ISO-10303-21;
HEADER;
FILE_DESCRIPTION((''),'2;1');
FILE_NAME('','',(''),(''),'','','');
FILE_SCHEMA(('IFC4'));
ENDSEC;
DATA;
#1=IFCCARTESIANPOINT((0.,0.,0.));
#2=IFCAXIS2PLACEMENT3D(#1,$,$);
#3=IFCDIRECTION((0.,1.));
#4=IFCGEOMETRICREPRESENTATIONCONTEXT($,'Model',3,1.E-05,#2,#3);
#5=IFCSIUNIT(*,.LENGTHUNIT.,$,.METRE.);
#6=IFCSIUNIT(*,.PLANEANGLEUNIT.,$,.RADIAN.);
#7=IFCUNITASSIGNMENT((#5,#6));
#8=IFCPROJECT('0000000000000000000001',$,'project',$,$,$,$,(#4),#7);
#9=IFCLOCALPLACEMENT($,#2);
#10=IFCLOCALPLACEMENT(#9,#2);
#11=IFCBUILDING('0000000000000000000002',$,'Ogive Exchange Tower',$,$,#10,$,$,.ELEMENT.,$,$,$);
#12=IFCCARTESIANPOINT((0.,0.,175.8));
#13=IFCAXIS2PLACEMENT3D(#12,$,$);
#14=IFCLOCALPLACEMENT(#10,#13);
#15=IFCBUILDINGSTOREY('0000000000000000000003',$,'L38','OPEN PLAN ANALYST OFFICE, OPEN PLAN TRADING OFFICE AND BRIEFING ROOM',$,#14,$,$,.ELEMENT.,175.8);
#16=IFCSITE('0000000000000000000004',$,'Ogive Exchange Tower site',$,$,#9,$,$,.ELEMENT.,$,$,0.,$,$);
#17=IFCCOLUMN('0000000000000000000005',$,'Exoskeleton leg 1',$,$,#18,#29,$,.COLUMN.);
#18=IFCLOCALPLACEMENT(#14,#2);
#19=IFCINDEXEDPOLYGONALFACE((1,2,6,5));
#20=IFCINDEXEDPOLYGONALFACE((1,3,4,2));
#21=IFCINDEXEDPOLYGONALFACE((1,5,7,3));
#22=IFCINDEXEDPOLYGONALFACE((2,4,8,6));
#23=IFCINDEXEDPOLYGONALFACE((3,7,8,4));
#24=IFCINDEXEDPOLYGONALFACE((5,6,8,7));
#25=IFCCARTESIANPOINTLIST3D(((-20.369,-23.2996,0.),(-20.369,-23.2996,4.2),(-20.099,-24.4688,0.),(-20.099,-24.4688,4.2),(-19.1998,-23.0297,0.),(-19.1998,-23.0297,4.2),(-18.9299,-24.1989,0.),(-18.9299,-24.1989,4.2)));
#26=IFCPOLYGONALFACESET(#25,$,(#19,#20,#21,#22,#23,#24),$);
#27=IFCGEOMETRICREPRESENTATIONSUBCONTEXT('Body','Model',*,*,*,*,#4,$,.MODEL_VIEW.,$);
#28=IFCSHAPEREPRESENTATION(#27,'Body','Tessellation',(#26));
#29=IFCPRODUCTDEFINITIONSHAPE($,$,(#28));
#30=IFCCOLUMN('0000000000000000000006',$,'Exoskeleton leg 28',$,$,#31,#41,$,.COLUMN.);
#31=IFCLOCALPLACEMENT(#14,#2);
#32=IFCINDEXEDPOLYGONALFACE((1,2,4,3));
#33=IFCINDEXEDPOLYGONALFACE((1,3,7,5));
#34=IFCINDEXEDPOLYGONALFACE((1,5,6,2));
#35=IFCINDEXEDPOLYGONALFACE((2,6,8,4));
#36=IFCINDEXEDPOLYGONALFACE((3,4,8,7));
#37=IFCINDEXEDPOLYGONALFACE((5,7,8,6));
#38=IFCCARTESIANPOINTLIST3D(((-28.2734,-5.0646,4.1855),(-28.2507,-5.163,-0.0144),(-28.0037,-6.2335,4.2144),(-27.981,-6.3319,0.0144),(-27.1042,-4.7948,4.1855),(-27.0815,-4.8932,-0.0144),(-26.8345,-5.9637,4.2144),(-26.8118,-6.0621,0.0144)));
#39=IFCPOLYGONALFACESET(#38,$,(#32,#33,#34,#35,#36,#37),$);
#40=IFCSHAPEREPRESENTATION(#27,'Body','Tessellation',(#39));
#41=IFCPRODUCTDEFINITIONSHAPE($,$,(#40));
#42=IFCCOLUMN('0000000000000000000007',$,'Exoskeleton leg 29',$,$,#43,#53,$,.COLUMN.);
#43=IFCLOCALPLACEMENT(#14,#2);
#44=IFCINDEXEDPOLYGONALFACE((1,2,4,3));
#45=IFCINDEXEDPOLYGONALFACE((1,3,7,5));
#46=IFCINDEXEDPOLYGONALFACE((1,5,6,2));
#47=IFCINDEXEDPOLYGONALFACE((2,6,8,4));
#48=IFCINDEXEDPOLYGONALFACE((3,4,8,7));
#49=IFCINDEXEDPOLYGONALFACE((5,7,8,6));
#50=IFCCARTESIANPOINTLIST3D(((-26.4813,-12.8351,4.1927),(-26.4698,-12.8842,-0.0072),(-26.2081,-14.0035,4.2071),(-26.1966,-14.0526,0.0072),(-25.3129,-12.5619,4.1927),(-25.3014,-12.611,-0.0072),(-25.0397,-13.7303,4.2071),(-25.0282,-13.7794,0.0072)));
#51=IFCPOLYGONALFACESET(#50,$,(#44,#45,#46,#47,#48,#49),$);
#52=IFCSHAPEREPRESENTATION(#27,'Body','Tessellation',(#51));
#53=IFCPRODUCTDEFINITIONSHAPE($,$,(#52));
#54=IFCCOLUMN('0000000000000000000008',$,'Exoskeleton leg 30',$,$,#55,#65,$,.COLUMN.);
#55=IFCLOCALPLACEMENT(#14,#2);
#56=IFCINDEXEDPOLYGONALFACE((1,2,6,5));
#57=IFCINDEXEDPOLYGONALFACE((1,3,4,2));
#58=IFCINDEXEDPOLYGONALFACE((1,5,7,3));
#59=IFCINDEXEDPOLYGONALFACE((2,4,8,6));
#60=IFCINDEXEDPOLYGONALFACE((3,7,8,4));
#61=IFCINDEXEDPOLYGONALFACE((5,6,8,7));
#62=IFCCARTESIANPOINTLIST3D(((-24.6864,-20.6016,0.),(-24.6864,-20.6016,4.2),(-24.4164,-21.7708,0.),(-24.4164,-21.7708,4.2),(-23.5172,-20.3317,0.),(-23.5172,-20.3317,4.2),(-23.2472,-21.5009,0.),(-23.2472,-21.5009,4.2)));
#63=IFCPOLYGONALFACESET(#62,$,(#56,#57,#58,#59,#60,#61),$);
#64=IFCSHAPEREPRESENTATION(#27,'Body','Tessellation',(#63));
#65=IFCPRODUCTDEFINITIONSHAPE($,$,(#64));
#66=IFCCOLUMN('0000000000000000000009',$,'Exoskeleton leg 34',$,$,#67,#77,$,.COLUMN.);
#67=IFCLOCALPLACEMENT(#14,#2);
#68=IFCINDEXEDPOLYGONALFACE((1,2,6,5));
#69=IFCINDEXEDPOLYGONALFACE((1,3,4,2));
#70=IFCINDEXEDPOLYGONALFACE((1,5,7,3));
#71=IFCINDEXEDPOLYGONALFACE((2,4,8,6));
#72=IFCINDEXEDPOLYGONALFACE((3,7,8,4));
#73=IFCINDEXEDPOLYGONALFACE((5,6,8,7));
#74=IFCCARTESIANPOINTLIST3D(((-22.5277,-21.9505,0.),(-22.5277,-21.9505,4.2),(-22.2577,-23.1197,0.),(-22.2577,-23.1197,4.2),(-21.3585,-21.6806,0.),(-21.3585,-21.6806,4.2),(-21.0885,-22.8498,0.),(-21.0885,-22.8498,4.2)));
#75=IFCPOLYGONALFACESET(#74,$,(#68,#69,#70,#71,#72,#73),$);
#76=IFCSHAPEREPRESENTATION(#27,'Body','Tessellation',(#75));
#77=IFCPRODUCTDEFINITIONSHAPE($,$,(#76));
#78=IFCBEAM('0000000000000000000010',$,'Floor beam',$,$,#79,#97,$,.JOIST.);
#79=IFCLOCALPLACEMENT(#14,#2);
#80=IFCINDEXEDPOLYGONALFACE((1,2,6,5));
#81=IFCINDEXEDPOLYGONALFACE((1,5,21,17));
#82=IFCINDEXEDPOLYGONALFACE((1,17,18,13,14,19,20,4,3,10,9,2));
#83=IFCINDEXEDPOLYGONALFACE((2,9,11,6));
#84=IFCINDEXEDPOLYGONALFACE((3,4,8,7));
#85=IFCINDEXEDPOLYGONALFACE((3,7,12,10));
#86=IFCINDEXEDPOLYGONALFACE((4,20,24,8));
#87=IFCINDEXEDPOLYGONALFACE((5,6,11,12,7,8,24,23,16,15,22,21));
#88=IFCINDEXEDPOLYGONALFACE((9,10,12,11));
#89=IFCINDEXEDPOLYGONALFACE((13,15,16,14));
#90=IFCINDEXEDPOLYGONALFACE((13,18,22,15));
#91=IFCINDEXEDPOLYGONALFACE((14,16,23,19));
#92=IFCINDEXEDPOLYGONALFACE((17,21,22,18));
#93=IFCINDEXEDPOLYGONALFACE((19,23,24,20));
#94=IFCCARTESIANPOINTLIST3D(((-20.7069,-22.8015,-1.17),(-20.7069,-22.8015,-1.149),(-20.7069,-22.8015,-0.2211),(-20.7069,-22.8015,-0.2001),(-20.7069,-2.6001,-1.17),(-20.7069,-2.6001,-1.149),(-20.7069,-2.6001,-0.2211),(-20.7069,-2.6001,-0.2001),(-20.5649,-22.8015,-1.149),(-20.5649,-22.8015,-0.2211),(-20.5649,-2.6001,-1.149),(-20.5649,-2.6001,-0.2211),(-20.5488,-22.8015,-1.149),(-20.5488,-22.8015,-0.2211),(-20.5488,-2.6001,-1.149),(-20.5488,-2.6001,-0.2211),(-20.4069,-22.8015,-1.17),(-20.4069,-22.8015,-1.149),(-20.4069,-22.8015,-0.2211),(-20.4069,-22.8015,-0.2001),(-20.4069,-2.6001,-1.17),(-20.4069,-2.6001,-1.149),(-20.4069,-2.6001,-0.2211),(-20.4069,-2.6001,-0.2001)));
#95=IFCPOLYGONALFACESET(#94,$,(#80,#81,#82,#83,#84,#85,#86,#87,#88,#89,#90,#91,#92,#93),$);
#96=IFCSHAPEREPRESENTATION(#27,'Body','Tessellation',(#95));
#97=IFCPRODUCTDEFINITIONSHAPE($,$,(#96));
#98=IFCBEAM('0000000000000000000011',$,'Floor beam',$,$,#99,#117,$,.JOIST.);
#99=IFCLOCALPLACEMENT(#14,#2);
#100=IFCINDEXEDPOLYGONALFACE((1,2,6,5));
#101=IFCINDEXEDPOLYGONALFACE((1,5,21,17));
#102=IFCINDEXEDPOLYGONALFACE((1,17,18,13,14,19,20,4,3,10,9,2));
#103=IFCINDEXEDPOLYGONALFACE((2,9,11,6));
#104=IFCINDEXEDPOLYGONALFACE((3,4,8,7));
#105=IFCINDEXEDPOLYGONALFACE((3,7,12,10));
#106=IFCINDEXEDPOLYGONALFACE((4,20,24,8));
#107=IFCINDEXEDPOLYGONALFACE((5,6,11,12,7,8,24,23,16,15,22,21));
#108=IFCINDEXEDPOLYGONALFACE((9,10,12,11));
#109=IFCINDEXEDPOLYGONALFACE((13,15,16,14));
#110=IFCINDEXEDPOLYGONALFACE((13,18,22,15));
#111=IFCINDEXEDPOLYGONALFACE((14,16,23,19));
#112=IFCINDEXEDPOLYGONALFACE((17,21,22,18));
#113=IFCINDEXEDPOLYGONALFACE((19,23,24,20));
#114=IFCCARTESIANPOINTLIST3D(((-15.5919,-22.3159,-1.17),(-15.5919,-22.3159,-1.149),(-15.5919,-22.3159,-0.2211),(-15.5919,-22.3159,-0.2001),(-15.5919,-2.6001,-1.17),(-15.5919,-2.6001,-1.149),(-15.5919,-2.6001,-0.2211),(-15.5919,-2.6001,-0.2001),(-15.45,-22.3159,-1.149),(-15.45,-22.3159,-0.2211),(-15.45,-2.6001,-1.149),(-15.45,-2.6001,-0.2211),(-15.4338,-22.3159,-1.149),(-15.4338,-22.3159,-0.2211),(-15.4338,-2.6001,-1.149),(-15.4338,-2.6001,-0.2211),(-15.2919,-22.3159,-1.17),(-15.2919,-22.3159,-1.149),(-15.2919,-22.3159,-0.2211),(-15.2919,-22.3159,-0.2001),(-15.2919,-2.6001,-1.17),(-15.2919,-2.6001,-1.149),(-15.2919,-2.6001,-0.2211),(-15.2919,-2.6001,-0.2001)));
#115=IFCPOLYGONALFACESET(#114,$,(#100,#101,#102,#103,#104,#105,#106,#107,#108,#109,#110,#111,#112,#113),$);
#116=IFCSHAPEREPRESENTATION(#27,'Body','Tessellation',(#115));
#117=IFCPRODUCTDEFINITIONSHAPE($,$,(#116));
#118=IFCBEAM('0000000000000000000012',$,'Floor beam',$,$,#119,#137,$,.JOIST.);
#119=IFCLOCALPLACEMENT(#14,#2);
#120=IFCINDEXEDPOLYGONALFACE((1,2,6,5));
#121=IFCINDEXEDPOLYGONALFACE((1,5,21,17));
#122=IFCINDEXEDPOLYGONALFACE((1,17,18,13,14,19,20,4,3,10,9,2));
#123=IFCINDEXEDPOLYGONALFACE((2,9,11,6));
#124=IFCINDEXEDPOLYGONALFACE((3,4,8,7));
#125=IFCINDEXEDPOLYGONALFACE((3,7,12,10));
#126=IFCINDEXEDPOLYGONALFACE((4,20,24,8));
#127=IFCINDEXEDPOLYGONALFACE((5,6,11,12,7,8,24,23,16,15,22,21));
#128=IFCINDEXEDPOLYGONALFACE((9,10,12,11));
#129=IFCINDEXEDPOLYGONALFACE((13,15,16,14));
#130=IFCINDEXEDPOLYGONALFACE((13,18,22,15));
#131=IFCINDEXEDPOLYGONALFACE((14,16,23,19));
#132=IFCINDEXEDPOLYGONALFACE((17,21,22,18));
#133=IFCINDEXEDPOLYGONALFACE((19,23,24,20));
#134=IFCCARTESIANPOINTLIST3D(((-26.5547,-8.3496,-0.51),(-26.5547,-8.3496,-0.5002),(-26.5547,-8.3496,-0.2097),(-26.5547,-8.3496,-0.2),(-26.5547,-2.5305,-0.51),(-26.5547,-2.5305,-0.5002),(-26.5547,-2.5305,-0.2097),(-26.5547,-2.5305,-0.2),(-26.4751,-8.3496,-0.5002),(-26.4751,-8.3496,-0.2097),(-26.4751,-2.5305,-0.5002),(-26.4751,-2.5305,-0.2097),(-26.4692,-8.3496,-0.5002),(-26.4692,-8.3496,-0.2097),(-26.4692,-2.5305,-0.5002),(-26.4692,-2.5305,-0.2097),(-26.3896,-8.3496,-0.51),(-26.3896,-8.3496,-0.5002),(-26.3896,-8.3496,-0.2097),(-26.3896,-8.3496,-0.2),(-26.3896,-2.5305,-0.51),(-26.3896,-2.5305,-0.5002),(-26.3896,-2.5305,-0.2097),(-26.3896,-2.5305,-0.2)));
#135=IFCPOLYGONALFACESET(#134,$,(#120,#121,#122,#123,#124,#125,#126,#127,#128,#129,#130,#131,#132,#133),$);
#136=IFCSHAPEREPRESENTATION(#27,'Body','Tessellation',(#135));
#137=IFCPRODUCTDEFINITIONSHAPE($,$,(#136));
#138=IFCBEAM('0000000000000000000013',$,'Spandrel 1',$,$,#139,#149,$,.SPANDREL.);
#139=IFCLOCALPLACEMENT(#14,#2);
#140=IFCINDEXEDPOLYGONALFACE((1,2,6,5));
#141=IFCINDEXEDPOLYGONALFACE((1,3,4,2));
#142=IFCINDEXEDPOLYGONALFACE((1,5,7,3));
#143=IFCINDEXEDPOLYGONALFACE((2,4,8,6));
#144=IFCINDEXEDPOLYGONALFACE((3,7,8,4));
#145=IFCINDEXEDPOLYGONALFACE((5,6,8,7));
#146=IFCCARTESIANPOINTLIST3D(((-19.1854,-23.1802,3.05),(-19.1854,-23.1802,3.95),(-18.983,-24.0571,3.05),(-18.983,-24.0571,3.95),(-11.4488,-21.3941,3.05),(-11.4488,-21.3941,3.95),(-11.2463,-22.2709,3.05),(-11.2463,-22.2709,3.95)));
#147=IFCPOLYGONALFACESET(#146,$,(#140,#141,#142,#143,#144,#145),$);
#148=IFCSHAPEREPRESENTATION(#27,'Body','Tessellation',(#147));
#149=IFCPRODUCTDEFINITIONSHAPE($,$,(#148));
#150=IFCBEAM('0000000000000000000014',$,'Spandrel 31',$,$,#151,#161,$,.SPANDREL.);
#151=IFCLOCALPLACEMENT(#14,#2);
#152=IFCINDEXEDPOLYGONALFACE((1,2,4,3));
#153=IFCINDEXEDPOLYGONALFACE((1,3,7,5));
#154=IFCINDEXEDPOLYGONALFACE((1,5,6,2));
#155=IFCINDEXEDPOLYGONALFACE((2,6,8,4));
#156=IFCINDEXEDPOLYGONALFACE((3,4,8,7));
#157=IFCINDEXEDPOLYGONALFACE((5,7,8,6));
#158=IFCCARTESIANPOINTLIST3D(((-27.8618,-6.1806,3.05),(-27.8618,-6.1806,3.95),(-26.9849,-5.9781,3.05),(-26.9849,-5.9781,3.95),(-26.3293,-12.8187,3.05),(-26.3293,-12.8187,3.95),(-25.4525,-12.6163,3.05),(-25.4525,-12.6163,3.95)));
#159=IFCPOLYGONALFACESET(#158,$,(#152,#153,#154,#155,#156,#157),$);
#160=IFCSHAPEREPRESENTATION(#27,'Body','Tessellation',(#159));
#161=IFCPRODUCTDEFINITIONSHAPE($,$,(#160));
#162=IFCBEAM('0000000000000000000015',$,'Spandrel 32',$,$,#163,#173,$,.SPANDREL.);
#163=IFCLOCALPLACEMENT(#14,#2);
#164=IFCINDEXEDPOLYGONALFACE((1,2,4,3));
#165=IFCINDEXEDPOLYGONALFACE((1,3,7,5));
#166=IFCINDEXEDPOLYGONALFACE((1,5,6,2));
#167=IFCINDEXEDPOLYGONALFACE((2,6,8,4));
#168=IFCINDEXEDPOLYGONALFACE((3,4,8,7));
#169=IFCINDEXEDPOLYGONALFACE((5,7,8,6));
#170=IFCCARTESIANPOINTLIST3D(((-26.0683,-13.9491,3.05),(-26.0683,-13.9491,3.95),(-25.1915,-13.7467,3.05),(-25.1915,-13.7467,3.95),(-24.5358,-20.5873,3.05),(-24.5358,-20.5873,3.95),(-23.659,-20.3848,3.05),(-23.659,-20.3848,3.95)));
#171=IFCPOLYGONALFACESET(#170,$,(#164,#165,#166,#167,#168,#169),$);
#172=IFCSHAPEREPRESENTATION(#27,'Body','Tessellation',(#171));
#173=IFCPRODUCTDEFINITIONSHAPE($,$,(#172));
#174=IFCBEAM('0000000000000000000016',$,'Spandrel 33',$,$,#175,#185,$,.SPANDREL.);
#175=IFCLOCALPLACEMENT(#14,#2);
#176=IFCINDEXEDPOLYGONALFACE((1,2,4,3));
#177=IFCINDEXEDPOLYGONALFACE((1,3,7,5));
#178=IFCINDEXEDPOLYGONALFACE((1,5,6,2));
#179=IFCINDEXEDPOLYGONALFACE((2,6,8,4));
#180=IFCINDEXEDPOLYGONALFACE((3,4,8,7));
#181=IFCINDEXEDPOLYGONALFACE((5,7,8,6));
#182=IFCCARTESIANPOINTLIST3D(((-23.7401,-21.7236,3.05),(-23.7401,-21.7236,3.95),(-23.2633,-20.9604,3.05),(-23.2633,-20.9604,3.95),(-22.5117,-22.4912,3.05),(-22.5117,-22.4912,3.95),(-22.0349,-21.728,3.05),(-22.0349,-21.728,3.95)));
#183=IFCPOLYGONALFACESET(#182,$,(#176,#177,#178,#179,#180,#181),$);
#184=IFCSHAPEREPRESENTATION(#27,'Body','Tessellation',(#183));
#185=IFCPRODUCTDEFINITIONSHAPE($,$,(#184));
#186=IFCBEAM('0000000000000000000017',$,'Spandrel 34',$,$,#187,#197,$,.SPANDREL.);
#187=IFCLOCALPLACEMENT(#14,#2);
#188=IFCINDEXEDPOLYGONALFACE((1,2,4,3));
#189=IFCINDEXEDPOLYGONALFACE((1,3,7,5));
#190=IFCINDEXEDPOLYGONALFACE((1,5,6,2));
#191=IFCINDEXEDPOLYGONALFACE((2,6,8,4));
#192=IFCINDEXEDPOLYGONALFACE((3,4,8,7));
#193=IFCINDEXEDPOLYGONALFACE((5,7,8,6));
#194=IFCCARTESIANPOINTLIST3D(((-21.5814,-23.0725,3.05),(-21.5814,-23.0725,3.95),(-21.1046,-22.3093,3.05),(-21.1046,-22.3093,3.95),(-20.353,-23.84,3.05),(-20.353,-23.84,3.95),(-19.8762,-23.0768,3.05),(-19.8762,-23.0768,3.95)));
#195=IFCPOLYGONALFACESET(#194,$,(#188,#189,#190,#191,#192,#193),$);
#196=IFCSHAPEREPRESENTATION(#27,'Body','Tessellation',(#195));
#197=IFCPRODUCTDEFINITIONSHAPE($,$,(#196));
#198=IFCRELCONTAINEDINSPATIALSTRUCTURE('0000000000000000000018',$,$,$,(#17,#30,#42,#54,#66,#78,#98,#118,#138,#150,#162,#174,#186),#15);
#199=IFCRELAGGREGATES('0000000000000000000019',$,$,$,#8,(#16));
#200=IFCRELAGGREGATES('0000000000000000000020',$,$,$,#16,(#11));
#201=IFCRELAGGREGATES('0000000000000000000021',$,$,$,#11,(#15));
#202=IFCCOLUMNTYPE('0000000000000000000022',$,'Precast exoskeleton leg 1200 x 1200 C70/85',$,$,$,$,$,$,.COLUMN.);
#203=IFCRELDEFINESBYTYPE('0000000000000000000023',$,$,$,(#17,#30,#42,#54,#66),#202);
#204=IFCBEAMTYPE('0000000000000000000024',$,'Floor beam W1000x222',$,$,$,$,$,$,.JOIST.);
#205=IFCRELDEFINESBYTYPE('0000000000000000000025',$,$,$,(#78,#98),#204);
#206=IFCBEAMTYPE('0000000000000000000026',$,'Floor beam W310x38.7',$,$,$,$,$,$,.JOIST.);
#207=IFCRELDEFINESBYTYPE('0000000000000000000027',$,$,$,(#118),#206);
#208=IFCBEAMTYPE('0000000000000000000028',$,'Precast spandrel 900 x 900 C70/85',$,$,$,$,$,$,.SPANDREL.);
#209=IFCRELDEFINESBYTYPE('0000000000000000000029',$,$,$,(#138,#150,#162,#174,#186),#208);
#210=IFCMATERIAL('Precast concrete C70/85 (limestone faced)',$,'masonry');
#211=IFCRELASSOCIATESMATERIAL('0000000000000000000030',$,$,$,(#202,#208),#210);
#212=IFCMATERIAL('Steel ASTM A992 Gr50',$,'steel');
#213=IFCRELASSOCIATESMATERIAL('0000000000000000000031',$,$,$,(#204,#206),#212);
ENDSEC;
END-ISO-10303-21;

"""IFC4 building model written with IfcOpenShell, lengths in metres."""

from ifc_helpers import new_model, si_unit, direction, frame, origin, origin_2d, place, context, subcontext, project, spatial, rectangle, i_section, extrude, material, material_profile, profile_set, type_object, element, save


model = new_model("IFC4")

# Units and contexts
model_context = context("Model", 3, precision=1e-05, world=origin(), true_north=direction((0.0, 1.0)))
body_context = subcontext(model_context, "Body", "Model", "MODEL_VIEW")
ifc_project = project(units=[si_unit("LENGTHUNIT", "METRE"), si_unit("PLANEANGLEUNIT", "RADIAN")], contexts=[model_context])

# Site, building, storey
site_placement = place(None, origin())
site = spatial("IfcSite", under=ifc_project, at=site_placement, Name="Ogive Exchange Tower site", CompositionType="ELEMENT", RefElevation=0.0)
building_placement = place(site_placement, origin())
building = spatial("IfcBuilding", under=site, at=building_placement, Name="Ogive Exchange Tower", CompositionType="ELEMENT")
storey_placement = place(building_placement, frame((0.0, 0.0, 175.8)))
storey = spatial("IfcBuildingStorey", under=building, at=storey_placement, Name="L38", Description="OPEN PLAN ANALYST OFFICE, OPEN PLAN TRADING OFFICE AND BRIEFING ROOM", CompositionType="ELEMENT", Elevation=175.8)

# Columns
ifc_material_1 = material(Name="Precast concrete C70/85 (limestone faced)", Category="masonry")
ifc_material_profile_1 = material_profile(ifc_material_1, rectangle(XDim=1.2, YDim=1.2, at=origin_2d()), Name="1200 x 1200")
ifc_profile_set_1 = profile_set([ifc_material_profile_1], Name="Precast concrete C70/85 (limestone faced)")
column_type = type_object("IfcColumnType", Name="Precast exoskeleton leg 1200 x 1200 C70/85", PredefinedType="COLUMN", material=ifc_profile_set_1)
column_1_placement = place(storey_placement, frame((-19.6494, -23.7493, 0.0), z_axis=(0.0, 0.0, 1.0), x_axis=(0.97437, 0.224951, 0.0)))
element("IfcColumn", 1, at=column_1_placement, inside=storey, type_object=column_type, Name="Exoskeleton leg 1", PredefinedType="COLUMN", context=body_context, shape_type="SweptSolid", body=[
    extrude(rectangle(XDim=1.2, YDim=1.2, at=origin_2d()), origin(), (0.0, 0.0, 1.0), 4.2),
])
column_2_placement = place(storey_placement, frame((-27.5312, -5.6125, 0.0), z_axis=(-0.005404, 0.023419, 0.999711), x_axis=(-0.974391, -0.22486, 0.0)))
element("IfcColumn", 2, at=column_2_placement, inside=storey, type_object=column_type, Name="Exoskeleton leg 28", PredefinedType="COLUMN", context=body_context, shape_type="SweptSolid", body=[
    extrude(rectangle(XDim=1.2, YDim=1.2, at=origin_2d()), origin(), (0.0, 0.0, 1.0), 4.2012),
])
column_3_placement = place(storey_placement, frame((-25.749, -13.3318, 0.0), z_axis=(-0.002732, 0.011683, 0.999928), x_axis=(-0.973734, -0.227689, 0.0)))
element("IfcColumn", 3, at=column_3_placement, inside=storey, type_object=column_type, Name="Exoskeleton leg 29", PredefinedType="COLUMN", context=body_context, shape_type="SweptSolid", body=[
    extrude(rectangle(XDim=1.2, YDim=1.2, at=origin_2d()), origin(), (0.0, 0.0, 1.0), 4.2002),
])
for number, where, z_axis, x_axis, name in (
    (4, (-23.9668, -21.0513, 0.0), (0.0, 0.0, 1.0), (0.97437, 0.224951, 0.0), "Exoskeleton leg 30"),
    (5, (-21.8081, -22.4001, 0.0), (0.0, 0.0, 1.0), (0.97437, 0.224951, 0.0), "Exoskeleton leg 34"),
):
    element("IfcColumn", number, at=place(storey_placement, frame(where, z_axis=z_axis, x_axis=x_axis)), inside=storey, type_object=column_type, Name=name, PredefinedType="COLUMN", context=body_context, shape_type="SweptSolid", body=[
        extrude(rectangle(XDim=1.2, YDim=1.2, at=origin_2d()), origin(), (0.0, 0.0, 1.0), 4.2),
    ])

# Beams
ifc_material_2 = material(Name="Steel ASTM A992 Gr50", Category="steel")
ifc_material_profile_2 = material_profile(ifc_material_2, i_section(OverallWidth=0.3, OverallDepth=0.97, WebThickness=0.0161, FlangeThickness=0.021, at=origin_2d()), Name="W1000x222")
ifc_profile_set_2 = profile_set([ifc_material_profile_2], Name="Steel ASTM A992 Gr50")
beam_type_1 = type_object("IfcBeamType", Name="Floor beam W1000x222", PredefinedType="JOIST", material=ifc_profile_set_2)
beam_1_placement = place(storey_placement, frame((-20.5569, -22.8015, -0.6851), z_axis=(0.0, 1.0, 0.0), x_axis=(-1.0, 0.0, 0.0)))
element("IfcBeam", 6, at=beam_1_placement, inside=storey, type_object=beam_type_1, Name="Floor beam", PredefinedType="JOIST", context=body_context, shape_type="SweptSolid", body=[
    extrude(i_section(OverallWidth=0.3, OverallDepth=0.97, WebThickness=0.0161, FlangeThickness=0.021, at=origin_2d()), origin(), (0.0, 0.0, 1.0), 20.2014),
])
beam_2_placement = place(storey_placement, frame((-15.4419, -22.3159, -0.6851), z_axis=(0.0, 1.0, 0.0), x_axis=(-1.0, 0.0, 0.0)))
element("IfcBeam", 7, at=beam_2_placement, inside=storey, type_object=beam_type_1, Name="Floor beam", PredefinedType="JOIST", context=body_context, shape_type="SweptSolid", body=[
    extrude(i_section(OverallWidth=0.3, OverallDepth=0.97, WebThickness=0.0161, FlangeThickness=0.021, at=origin_2d()), origin(), (0.0, 0.0, 1.0), 19.7158),
])
ifc_material_profile_3 = material_profile(ifc_material_2, i_section(OverallWidth=0.165, OverallDepth=0.3101, WebThickness=0.0059, FlangeThickness=0.0098, at=origin_2d()), Name="W310x38.7")
ifc_profile_set_3 = profile_set([ifc_material_profile_3], Name="Steel ASTM A992 Gr50")
beam_type_2 = type_object("IfcBeamType", Name="Floor beam W310x38.7", PredefinedType="JOIST", material=ifc_profile_set_3)
beam_3_placement = place(storey_placement, frame((-26.4722, -8.3496, -0.355), z_axis=(0.0, 1.0, 0.0), x_axis=(-1.0, 0.0, 0.0)))
element("IfcBeam", 8, at=beam_3_placement, inside=storey, type_object=beam_type_2, Name="Floor beam", PredefinedType="JOIST", context=body_context, shape_type="SweptSolid", body=[
    extrude(i_section(OverallWidth=0.165, OverallDepth=0.3101, WebThickness=0.0059, FlangeThickness=0.0098, at=origin_2d()), origin(), (0.0, 0.0, 1.0), 5.8191),
])
ifc_material_profile_4 = material_profile(ifc_material_1, rectangle(XDim=0.8999, YDim=0.8999, at=origin_2d()), Name="900 x 900")
ifc_profile_set_4 = profile_set([ifc_material_profile_4], Name="Precast concrete C70/85 (limestone faced)")
beam_type_3 = type_object("IfcBeamType", Name="Precast spandrel 900 x 900 C70/85", PredefinedType="SPANDREL", material=ifc_profile_set_4)
beam_4_placement = place(storey_placement, frame((-19.0842, -23.6187, 3.5), z_axis=(0.97437, 0.224952, 0.0), x_axis=(-0.224952, 0.97437, 0.0)))
element("IfcBeam", 9, at=beam_4_placement, inside=storey, type_object=beam_type_3, Name="Spandrel 1", PredefinedType="SPANDREL", context=body_context, shape_type="SweptSolid", body=[
    extrude(rectangle(XDim=0.8999, YDim=0.8999, at=origin_2d()), origin(), (0.0, 0.0, 1.0), 7.9402),
])
for number, where, z_axis, x_axis, name in (
    (10, (-27.4233, -6.0793, 3.5), (0.224941, -0.974372, 0.0), (0.974372, 0.224941, 0.0), "Spandrel 31"),
    (11, (-25.6299, -13.8479, 3.5), (0.224941, -0.974372, 0.0), (0.974372, 0.224941, 0.0), "Spandrel 32"),
):
    element("IfcBeam", number, at=place(storey_placement, frame(where, z_axis=z_axis, x_axis=x_axis)), inside=storey, type_object=beam_type_3, Name=name, PredefinedType="SPANDREL", context=body_context, shape_type="SweptSolid", body=[
        extrude(rectangle(XDim=0.8999, YDim=0.8999, at=origin_2d()), origin(), (0.0, 0.0, 1.0), 6.8127),
    ])
for number, where, z_axis, x_axis, name in (
    (12, (-23.5017, -21.342, 3.5), (0.848074, -0.529878, 0.0), (0.529878, 0.848074, 0.0), "Spandrel 33"),
    (13, (-21.343, -22.6909, 3.5), (0.848074, -0.529878, 0.0), (0.529878, 0.848074, 0.0), "Spandrel 34"),
):
    element("IfcBeam", number, at=place(storey_placement, frame(where, z_axis=z_axis, x_axis=x_axis)), inside=storey, type_object=beam_type_3, Name=name, PredefinedType="SPANDREL", context=body_context, shape_type="SweptSolid", body=[
        extrude(rectangle(XDim=0.8999, YDim=0.8999, at=origin_2d()), origin(), (0.0, 0.0, 1.0), 1.4485),
    ])

save(model, "model.ifc")
